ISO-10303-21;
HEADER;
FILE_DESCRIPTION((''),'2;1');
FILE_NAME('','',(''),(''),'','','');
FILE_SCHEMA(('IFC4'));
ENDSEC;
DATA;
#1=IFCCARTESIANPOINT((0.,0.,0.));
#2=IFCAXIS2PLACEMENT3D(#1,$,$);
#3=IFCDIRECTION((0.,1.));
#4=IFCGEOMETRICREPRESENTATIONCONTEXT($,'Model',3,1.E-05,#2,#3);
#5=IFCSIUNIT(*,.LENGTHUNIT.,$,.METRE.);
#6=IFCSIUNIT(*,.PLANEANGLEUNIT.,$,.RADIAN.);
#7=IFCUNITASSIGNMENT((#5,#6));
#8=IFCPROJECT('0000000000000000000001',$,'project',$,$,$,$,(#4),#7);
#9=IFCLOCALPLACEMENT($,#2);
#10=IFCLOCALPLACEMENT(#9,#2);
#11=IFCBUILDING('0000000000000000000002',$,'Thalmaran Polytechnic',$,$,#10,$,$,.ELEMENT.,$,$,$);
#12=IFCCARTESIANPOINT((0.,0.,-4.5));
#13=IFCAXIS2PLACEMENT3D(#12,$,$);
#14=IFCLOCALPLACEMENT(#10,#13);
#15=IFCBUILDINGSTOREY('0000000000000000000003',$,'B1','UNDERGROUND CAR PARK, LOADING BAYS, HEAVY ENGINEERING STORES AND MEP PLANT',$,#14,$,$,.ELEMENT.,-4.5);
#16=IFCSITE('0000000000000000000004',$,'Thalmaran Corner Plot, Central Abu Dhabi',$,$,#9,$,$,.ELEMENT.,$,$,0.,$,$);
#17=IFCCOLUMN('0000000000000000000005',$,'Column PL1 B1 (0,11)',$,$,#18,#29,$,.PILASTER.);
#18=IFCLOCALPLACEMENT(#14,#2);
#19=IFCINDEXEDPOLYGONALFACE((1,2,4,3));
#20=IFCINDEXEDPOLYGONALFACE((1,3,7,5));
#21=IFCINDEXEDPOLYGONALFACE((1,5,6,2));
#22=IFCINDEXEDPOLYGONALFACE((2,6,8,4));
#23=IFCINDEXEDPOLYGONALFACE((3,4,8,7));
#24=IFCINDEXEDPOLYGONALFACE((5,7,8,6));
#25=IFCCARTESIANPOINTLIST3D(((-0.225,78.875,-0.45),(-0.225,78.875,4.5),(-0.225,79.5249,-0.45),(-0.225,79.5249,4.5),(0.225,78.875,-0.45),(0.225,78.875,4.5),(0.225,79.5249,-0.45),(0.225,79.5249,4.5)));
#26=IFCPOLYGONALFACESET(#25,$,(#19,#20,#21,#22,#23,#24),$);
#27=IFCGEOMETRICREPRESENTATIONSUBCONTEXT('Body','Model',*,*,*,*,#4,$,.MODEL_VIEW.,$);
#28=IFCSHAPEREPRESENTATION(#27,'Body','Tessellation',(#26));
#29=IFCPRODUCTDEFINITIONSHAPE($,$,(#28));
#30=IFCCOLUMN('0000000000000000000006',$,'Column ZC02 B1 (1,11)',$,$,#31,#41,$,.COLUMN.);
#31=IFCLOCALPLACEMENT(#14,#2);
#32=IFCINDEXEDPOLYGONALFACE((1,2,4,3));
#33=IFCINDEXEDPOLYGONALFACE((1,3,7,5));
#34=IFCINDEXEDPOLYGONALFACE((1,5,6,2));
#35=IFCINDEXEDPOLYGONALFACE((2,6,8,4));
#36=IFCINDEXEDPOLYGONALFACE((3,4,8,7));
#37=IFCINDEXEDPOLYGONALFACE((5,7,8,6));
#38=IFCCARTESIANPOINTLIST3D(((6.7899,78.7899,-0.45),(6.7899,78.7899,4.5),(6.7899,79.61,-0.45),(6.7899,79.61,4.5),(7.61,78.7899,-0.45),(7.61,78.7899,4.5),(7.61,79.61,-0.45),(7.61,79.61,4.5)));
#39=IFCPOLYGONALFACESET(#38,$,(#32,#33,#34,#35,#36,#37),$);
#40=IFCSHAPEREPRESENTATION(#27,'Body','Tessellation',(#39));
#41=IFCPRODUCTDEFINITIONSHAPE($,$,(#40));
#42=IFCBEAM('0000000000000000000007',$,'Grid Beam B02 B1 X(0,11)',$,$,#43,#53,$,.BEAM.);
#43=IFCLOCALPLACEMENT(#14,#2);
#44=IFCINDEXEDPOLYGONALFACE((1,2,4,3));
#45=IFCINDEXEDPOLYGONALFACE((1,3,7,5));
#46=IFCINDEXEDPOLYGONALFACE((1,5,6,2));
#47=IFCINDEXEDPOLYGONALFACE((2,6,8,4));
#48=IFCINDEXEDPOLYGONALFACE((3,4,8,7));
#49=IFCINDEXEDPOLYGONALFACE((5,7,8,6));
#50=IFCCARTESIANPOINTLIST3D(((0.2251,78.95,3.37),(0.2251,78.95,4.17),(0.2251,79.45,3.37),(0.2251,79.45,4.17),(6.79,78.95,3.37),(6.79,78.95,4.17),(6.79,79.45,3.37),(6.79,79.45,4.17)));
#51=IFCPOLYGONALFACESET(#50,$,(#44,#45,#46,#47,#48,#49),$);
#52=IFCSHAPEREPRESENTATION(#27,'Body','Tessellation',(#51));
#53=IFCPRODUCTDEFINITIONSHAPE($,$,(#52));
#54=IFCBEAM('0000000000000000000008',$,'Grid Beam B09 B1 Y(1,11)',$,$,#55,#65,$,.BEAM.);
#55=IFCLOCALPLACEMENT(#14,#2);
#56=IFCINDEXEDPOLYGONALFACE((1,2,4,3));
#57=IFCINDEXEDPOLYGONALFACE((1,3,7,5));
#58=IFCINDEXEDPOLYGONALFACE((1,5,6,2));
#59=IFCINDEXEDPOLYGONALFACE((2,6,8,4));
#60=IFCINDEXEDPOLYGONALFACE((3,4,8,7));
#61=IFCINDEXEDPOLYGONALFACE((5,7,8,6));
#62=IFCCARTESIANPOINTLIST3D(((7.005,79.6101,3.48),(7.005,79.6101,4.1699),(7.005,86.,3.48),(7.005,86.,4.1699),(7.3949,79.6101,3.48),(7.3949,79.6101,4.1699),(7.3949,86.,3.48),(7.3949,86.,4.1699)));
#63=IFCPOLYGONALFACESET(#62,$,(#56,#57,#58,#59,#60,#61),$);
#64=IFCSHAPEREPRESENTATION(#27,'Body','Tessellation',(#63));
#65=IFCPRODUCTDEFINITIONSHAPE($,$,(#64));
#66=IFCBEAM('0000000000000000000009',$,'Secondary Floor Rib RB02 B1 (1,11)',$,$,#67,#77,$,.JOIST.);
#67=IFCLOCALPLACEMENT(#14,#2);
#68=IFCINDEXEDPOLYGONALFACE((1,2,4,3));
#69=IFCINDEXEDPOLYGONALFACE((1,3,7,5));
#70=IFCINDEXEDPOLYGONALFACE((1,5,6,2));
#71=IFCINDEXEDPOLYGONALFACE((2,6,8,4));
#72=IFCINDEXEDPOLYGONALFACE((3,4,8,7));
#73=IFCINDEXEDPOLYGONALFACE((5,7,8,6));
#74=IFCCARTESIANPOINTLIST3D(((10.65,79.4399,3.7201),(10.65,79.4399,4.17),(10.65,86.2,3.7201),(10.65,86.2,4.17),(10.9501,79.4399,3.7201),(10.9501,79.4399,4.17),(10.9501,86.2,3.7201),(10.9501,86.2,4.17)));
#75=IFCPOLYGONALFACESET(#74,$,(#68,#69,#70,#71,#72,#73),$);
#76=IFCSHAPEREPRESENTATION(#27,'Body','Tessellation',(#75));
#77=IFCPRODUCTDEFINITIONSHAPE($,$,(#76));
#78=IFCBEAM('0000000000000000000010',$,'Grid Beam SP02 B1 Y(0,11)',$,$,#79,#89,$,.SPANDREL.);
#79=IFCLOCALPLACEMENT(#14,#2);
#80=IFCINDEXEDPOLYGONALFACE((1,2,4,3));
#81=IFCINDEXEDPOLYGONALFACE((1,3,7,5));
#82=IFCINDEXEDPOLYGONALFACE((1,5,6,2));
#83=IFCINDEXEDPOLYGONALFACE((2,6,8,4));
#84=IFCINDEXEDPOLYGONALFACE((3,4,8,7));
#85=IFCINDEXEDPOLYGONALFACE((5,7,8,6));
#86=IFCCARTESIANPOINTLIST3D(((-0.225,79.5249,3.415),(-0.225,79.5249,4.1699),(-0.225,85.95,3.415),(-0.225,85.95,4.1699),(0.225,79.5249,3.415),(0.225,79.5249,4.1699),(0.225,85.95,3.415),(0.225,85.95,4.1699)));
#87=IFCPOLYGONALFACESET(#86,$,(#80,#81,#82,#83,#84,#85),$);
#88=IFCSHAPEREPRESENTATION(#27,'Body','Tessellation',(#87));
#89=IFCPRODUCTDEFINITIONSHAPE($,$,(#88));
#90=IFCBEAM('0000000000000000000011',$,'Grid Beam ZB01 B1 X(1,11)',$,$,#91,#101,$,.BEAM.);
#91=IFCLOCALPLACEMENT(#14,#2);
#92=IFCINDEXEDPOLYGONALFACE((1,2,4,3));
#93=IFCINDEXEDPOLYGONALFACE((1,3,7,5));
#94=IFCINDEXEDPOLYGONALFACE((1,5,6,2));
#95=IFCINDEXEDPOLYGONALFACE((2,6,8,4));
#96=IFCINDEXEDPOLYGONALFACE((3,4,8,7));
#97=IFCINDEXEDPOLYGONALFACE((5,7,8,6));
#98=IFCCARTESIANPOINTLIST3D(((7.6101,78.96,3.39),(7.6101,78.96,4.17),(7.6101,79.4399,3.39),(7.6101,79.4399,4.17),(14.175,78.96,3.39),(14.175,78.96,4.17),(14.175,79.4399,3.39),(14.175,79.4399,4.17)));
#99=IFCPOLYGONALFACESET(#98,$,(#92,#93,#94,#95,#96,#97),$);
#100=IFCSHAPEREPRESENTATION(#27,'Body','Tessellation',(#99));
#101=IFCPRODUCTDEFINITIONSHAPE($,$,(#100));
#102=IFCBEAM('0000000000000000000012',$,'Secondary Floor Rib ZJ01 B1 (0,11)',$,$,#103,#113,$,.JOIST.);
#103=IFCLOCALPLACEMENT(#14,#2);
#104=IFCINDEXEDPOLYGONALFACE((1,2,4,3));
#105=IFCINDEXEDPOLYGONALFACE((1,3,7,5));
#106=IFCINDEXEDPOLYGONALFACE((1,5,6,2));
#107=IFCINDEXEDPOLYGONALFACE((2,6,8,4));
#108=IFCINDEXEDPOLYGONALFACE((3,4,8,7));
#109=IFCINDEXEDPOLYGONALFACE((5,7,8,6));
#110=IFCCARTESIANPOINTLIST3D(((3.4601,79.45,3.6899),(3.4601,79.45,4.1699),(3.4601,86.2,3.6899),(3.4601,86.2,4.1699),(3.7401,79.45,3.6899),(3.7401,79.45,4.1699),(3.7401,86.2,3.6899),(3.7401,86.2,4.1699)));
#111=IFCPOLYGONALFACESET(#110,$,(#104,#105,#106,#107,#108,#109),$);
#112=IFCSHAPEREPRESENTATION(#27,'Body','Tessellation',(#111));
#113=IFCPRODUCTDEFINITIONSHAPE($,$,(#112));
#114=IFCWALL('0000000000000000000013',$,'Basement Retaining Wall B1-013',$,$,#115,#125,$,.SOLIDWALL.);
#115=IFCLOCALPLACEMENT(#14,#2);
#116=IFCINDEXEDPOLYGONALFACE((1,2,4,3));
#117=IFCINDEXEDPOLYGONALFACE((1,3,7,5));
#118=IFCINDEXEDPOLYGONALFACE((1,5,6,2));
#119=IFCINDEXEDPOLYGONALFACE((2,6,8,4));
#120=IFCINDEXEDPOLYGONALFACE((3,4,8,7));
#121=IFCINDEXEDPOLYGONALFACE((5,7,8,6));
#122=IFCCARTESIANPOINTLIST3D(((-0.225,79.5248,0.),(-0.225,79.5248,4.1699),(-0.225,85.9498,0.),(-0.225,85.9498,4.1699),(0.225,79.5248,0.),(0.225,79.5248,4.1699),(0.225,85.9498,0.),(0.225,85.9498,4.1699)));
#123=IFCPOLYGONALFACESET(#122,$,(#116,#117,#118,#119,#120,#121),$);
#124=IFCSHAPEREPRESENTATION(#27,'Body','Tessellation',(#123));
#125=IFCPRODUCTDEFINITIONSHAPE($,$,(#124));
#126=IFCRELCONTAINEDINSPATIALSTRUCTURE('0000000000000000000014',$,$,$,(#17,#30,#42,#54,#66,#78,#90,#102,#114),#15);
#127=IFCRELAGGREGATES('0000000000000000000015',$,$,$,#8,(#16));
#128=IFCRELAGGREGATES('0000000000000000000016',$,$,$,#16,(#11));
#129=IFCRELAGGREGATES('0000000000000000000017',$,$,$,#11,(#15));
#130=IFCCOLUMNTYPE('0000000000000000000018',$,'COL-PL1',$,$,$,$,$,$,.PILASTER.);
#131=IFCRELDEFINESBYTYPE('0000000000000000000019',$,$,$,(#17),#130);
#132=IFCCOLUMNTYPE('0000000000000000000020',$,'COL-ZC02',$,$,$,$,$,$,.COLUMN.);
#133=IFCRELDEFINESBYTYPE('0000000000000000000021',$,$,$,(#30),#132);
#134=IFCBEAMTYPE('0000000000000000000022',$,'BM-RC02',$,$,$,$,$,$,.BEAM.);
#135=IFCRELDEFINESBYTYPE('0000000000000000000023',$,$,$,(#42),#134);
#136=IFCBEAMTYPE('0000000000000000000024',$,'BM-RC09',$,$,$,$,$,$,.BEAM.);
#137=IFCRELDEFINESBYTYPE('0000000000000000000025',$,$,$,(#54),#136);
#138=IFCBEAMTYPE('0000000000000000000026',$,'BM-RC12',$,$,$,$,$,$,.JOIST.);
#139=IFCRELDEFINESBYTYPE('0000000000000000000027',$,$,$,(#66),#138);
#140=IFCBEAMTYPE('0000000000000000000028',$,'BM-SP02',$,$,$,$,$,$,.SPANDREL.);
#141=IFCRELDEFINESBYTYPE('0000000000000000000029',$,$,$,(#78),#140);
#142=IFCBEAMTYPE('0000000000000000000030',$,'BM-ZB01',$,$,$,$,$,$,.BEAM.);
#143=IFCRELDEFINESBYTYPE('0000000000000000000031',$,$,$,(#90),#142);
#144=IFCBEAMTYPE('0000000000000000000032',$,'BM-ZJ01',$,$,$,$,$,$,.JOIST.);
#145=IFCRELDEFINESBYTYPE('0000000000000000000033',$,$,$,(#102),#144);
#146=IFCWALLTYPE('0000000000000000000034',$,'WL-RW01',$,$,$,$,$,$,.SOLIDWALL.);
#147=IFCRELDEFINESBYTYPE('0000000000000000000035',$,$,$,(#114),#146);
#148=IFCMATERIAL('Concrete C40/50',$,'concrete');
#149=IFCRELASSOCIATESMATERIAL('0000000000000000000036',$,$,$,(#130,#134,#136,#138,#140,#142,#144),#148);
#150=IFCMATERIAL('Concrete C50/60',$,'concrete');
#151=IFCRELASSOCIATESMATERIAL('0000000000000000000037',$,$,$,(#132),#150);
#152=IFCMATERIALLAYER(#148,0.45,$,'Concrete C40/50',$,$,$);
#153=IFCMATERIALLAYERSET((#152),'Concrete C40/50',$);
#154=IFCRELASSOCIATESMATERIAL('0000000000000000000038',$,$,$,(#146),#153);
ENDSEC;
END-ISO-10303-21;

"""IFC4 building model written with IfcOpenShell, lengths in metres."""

from ifc_helpers import new_model, si_unit, direction, frame, frame_2d, origin, origin_2d, place, context, subcontext, project, spatial, rectangle, extrude, material, layer, layer_set, material_profile, profile_set, type_object, element, save


model = new_model("IFC4")

# Units and contexts
model_context = context("Model", 3, precision=1e-05, world=origin(), true_north=direction((0.0, 1.0)))
body_context = subcontext(model_context, "Body", "Model", "MODEL_VIEW")
ifc_project = project(units=[si_unit("LENGTHUNIT", "METRE"), si_unit("PLANEANGLEUNIT", "RADIAN")], contexts=[model_context])

# Site, building, storey
site_placement = place(None, origin())
site = spatial("IfcSite", under=ifc_project, at=site_placement, Name="Thalmaran Corner Plot, Central Abu Dhabi", CompositionType="ELEMENT", RefElevation=0.0)
building_placement = place(site_placement, origin())
building = spatial("IfcBuilding", under=site, at=building_placement, Name="Thalmaran Polytechnic", CompositionType="ELEMENT")
storey_placement = place(building_placement, frame((0.0, 0.0, -4.5)))
storey = spatial("IfcBuildingStorey", under=building, at=storey_placement, Name="B1", Description="UNDERGROUND CAR PARK, LOADING BAYS, HEAVY ENGINEERING STORES AND MEP PLANT", CompositionType="ELEMENT", Elevation=-4.5)

# Shared definitions
ifc_material_1 = material(Name="Concrete C40/50", Category="concrete")

# Columns
ifc_material_profile_1 = material_profile(ifc_material_1, rectangle(XDim=0.45, YDim=0.6499, at=origin_2d()), Name="RC 450x650")
ifc_profile_set_1 = profile_set([ifc_material_profile_1], Name="Concrete C40/50")
column_type_1 = type_object("IfcColumnType", Name="COL-PL1", PredefinedType="PILASTER", material=ifc_profile_set_1)
column_1_placement = place(storey_placement, frame((0.0, 79.2, -0.45), z_axis=(0.0, 0.0, 1.0), x_axis=(1.0, 0.0, 0.0)))
element("IfcColumn", 1, at=column_1_placement, inside=storey, type_object=column_type_1, Name="Column PL1 B1 (0,11)", PredefinedType="PILASTER", context=body_context, shape_type="SweptSolid", body=[
    extrude(rectangle(XDim=0.45, YDim=0.6499, at=origin_2d()), origin(), (0.0, 0.0, 1.0), 4.95),
])
ifc_material_2 = material(Name="Concrete C50/60", Category="concrete")
ifc_material_profile_2 = material_profile(ifc_material_2, rectangle(XDim=0.8201, YDim=0.8201, at=origin_2d()), Name="RC 820x820")
ifc_profile_set_2 = profile_set([ifc_material_profile_2], Name="Concrete C50/60")
column_type_2 = type_object("IfcColumnType", Name="COL-ZC02", PredefinedType="COLUMN", material=ifc_profile_set_2)
column_2_placement = place(storey_placement, frame((7.2, 79.2, -0.45), z_axis=(0.0, 0.0, 1.0), x_axis=(1.0, 0.0, 0.0)))
element("IfcColumn", 2, at=column_2_placement, inside=storey, type_object=column_type_2, Name="Column ZC02 B1 (1,11)", PredefinedType="COLUMN", context=body_context, shape_type="SweptSolid", body=[
    extrude(rectangle(XDim=0.8201, YDim=0.8201, at=origin_2d()), origin(), (0.0, 0.0, 1.0), 4.95),
])

# Beams
ifc_material_profile_3 = material_profile(ifc_material_1, rectangle(XDim=0.5, YDim=0.8, at=origin_2d()), Name="RC 500x800")
ifc_profile_set_3 = profile_set([ifc_material_profile_3], Name="Concrete C40/50")
beam_type_1 = type_object("IfcBeamType", Name="BM-RC02", PredefinedType="BEAM", material=ifc_profile_set_3)
beam_1_placement = place(storey_placement, frame((0.2251, 79.2, 3.77), z_axis=(1.0, 0.0, 0.0), x_axis=(0.0, 1.0, 0.0)))
element("IfcBeam", 3, at=beam_1_placement, inside=storey, type_object=beam_type_1, Name="Grid Beam B02 B1 X(0,11)", PredefinedType="BEAM", context=body_context, shape_type="SweptSolid", body=[
    extrude(rectangle(XDim=0.5, YDim=0.8, at=origin_2d()), origin(), (0.0, 0.0, 1.0), 6.5649),
])
ifc_material_profile_4 = material_profile(ifc_material_1, rectangle(XDim=0.3899, YDim=0.6899, at=origin_2d()), Name="RC 390x690")
ifc_profile_set_4 = profile_set([ifc_material_profile_4], Name="Concrete C40/50")
beam_type_2 = type_object("IfcBeamType", Name="BM-RC09", PredefinedType="BEAM", material=ifc_profile_set_4)
beam_2_placement = place(storey_placement, frame((7.2, 79.6101, 3.825), z_axis=(0.0, 1.0, 0.0), x_axis=(-1.0, 0.0, 0.0)))
element("IfcBeam", 4, at=beam_2_placement, inside=storey, type_object=beam_type_2, Name="Grid Beam B09 B1 Y(1,11)", PredefinedType="BEAM", context=body_context, shape_type="SweptSolid", body=[
    extrude(rectangle(XDim=0.3899, YDim=0.6899, at=origin_2d()), origin(), (0.0, 0.0, 1.0), 6.3899),
])
ifc_material_profile_5 = material_profile(ifc_material_1, rectangle(XDim=0.3, YDim=0.45, at=origin_2d()), Name="RC 300x450")
ifc_profile_set_5 = profile_set([ifc_material_profile_5], Name="Concrete C40/50")
beam_type_3 = type_object("IfcBeamType", Name="BM-RC12", PredefinedType="JOIST", material=ifc_profile_set_5)
beam_3_placement = place(storey_placement, frame((10.8, 79.4399, 3.9451), z_axis=(0.0, 1.0, 0.0), x_axis=(-1.0, 0.0, 0.0)))
element("IfcBeam", 5, at=beam_3_placement, inside=storey, type_object=beam_type_3, Name="Secondary Floor Rib RB02 B1 (1,11)", PredefinedType="JOIST", context=body_context, shape_type="SweptSolid", body=[
    extrude(rectangle(XDim=0.3, YDim=0.45, at=origin_2d()), origin(), (0.0, 0.0, 1.0), 6.76),
])
ifc_material_profile_6 = material_profile(ifc_material_1, rectangle(XDim=0.45, YDim=0.7549, at=origin_2d()), Name="RC 450x755")
ifc_profile_set_6 = profile_set([ifc_material_profile_6], Name="Concrete C40/50")
beam_type_4 = type_object("IfcBeamType", Name="BM-SP02", PredefinedType="SPANDREL", material=ifc_profile_set_6)
beam_4_placement = place(storey_placement, frame((0.0, 79.5249, 3.7925), z_axis=(0.0, 1.0, 0.0), x_axis=(-1.0, 0.0, 0.0)))
element("IfcBeam", 6, at=beam_4_placement, inside=storey, type_object=beam_type_4, Name="Grid Beam SP02 B1 Y(0,11)", PredefinedType="SPANDREL", context=body_context, shape_type="SweptSolid", body=[
    extrude(rectangle(XDim=0.45, YDim=0.7549, at=origin_2d()), origin(), (0.0, 0.0, 1.0), 6.425),
])
ifc_material_profile_7 = material_profile(ifc_material_1, rectangle(XDim=0.48, YDim=0.78, at=origin_2d()), Name="RC 480x780")
ifc_profile_set_7 = profile_set([ifc_material_profile_7], Name="Concrete C40/50")
beam_type_5 = type_object("IfcBeamType", Name="BM-ZB01", PredefinedType="BEAM", material=ifc_profile_set_7)
beam_5_placement = place(storey_placement, frame((7.6101, 79.2, 3.78), z_axis=(1.0, 0.0, 0.0), x_axis=(0.0, 1.0, 0.0)))
element("IfcBeam", 7, at=beam_5_placement, inside=storey, type_object=beam_type_5, Name="Grid Beam ZB01 B1 X(1,11)", PredefinedType="BEAM", context=body_context, shape_type="SweptSolid", body=[
    extrude(rectangle(XDim=0.48, YDim=0.78, at=origin_2d()), origin(), (0.0, 0.0, 1.0), 6.5649),
])
ifc_material_profile_8 = material_profile(ifc_material_1, rectangle(XDim=0.28, YDim=0.48, at=origin_2d()), Name="RC 280x480")
ifc_profile_set_8 = profile_set([ifc_material_profile_8], Name="Concrete C40/50")
beam_type_6 = type_object("IfcBeamType", Name="BM-ZJ01", PredefinedType="JOIST", material=ifc_profile_set_8)
beam_6_placement = place(storey_placement, frame((3.6001, 79.45, 3.9299), z_axis=(0.0, 1.0, 0.0), x_axis=(-1.0, 0.0, 0.0)))
element("IfcBeam", 8, at=beam_6_placement, inside=storey, type_object=beam_type_6, Name="Secondary Floor Rib ZJ01 B1 (0,11)", PredefinedType="JOIST", context=body_context, shape_type="SweptSolid", body=[
    extrude(rectangle(XDim=0.28, YDim=0.48, at=origin_2d()), origin(), (0.0, 0.0, 1.0), 6.75),
])

# Wall
ifc_layer = layer(ifc_material_1, 0.45, Name="Concrete C40/50")
ifc_layer_set = layer_set([ifc_layer], Name="Concrete C40/50")
wall_type = type_object("IfcWallType", Name="WL-RW01", PredefinedType="SOLIDWALL", material=ifc_layer_set)
wall_placement = place(storey_placement, frame((0.0, 79.5249, 0.0), z_axis=(0.0, 0.0, 1.0), x_axis=(0.0, 1.0, 0.0)))
element("IfcWall", 9, at=wall_placement, inside=storey, type_object=wall_type, Name="Basement Retaining Wall B1-013", PredefinedType="SOLIDWALL", context=body_context, shape_type="SweptSolid", body=[
    extrude(rectangle(XDim=6.425, YDim=0.45, at=frame_2d((3.2124, 0.0))), origin(), (0.0, 0.0, 1.0), 4.1699),
])

save(model, "model.ifc")
